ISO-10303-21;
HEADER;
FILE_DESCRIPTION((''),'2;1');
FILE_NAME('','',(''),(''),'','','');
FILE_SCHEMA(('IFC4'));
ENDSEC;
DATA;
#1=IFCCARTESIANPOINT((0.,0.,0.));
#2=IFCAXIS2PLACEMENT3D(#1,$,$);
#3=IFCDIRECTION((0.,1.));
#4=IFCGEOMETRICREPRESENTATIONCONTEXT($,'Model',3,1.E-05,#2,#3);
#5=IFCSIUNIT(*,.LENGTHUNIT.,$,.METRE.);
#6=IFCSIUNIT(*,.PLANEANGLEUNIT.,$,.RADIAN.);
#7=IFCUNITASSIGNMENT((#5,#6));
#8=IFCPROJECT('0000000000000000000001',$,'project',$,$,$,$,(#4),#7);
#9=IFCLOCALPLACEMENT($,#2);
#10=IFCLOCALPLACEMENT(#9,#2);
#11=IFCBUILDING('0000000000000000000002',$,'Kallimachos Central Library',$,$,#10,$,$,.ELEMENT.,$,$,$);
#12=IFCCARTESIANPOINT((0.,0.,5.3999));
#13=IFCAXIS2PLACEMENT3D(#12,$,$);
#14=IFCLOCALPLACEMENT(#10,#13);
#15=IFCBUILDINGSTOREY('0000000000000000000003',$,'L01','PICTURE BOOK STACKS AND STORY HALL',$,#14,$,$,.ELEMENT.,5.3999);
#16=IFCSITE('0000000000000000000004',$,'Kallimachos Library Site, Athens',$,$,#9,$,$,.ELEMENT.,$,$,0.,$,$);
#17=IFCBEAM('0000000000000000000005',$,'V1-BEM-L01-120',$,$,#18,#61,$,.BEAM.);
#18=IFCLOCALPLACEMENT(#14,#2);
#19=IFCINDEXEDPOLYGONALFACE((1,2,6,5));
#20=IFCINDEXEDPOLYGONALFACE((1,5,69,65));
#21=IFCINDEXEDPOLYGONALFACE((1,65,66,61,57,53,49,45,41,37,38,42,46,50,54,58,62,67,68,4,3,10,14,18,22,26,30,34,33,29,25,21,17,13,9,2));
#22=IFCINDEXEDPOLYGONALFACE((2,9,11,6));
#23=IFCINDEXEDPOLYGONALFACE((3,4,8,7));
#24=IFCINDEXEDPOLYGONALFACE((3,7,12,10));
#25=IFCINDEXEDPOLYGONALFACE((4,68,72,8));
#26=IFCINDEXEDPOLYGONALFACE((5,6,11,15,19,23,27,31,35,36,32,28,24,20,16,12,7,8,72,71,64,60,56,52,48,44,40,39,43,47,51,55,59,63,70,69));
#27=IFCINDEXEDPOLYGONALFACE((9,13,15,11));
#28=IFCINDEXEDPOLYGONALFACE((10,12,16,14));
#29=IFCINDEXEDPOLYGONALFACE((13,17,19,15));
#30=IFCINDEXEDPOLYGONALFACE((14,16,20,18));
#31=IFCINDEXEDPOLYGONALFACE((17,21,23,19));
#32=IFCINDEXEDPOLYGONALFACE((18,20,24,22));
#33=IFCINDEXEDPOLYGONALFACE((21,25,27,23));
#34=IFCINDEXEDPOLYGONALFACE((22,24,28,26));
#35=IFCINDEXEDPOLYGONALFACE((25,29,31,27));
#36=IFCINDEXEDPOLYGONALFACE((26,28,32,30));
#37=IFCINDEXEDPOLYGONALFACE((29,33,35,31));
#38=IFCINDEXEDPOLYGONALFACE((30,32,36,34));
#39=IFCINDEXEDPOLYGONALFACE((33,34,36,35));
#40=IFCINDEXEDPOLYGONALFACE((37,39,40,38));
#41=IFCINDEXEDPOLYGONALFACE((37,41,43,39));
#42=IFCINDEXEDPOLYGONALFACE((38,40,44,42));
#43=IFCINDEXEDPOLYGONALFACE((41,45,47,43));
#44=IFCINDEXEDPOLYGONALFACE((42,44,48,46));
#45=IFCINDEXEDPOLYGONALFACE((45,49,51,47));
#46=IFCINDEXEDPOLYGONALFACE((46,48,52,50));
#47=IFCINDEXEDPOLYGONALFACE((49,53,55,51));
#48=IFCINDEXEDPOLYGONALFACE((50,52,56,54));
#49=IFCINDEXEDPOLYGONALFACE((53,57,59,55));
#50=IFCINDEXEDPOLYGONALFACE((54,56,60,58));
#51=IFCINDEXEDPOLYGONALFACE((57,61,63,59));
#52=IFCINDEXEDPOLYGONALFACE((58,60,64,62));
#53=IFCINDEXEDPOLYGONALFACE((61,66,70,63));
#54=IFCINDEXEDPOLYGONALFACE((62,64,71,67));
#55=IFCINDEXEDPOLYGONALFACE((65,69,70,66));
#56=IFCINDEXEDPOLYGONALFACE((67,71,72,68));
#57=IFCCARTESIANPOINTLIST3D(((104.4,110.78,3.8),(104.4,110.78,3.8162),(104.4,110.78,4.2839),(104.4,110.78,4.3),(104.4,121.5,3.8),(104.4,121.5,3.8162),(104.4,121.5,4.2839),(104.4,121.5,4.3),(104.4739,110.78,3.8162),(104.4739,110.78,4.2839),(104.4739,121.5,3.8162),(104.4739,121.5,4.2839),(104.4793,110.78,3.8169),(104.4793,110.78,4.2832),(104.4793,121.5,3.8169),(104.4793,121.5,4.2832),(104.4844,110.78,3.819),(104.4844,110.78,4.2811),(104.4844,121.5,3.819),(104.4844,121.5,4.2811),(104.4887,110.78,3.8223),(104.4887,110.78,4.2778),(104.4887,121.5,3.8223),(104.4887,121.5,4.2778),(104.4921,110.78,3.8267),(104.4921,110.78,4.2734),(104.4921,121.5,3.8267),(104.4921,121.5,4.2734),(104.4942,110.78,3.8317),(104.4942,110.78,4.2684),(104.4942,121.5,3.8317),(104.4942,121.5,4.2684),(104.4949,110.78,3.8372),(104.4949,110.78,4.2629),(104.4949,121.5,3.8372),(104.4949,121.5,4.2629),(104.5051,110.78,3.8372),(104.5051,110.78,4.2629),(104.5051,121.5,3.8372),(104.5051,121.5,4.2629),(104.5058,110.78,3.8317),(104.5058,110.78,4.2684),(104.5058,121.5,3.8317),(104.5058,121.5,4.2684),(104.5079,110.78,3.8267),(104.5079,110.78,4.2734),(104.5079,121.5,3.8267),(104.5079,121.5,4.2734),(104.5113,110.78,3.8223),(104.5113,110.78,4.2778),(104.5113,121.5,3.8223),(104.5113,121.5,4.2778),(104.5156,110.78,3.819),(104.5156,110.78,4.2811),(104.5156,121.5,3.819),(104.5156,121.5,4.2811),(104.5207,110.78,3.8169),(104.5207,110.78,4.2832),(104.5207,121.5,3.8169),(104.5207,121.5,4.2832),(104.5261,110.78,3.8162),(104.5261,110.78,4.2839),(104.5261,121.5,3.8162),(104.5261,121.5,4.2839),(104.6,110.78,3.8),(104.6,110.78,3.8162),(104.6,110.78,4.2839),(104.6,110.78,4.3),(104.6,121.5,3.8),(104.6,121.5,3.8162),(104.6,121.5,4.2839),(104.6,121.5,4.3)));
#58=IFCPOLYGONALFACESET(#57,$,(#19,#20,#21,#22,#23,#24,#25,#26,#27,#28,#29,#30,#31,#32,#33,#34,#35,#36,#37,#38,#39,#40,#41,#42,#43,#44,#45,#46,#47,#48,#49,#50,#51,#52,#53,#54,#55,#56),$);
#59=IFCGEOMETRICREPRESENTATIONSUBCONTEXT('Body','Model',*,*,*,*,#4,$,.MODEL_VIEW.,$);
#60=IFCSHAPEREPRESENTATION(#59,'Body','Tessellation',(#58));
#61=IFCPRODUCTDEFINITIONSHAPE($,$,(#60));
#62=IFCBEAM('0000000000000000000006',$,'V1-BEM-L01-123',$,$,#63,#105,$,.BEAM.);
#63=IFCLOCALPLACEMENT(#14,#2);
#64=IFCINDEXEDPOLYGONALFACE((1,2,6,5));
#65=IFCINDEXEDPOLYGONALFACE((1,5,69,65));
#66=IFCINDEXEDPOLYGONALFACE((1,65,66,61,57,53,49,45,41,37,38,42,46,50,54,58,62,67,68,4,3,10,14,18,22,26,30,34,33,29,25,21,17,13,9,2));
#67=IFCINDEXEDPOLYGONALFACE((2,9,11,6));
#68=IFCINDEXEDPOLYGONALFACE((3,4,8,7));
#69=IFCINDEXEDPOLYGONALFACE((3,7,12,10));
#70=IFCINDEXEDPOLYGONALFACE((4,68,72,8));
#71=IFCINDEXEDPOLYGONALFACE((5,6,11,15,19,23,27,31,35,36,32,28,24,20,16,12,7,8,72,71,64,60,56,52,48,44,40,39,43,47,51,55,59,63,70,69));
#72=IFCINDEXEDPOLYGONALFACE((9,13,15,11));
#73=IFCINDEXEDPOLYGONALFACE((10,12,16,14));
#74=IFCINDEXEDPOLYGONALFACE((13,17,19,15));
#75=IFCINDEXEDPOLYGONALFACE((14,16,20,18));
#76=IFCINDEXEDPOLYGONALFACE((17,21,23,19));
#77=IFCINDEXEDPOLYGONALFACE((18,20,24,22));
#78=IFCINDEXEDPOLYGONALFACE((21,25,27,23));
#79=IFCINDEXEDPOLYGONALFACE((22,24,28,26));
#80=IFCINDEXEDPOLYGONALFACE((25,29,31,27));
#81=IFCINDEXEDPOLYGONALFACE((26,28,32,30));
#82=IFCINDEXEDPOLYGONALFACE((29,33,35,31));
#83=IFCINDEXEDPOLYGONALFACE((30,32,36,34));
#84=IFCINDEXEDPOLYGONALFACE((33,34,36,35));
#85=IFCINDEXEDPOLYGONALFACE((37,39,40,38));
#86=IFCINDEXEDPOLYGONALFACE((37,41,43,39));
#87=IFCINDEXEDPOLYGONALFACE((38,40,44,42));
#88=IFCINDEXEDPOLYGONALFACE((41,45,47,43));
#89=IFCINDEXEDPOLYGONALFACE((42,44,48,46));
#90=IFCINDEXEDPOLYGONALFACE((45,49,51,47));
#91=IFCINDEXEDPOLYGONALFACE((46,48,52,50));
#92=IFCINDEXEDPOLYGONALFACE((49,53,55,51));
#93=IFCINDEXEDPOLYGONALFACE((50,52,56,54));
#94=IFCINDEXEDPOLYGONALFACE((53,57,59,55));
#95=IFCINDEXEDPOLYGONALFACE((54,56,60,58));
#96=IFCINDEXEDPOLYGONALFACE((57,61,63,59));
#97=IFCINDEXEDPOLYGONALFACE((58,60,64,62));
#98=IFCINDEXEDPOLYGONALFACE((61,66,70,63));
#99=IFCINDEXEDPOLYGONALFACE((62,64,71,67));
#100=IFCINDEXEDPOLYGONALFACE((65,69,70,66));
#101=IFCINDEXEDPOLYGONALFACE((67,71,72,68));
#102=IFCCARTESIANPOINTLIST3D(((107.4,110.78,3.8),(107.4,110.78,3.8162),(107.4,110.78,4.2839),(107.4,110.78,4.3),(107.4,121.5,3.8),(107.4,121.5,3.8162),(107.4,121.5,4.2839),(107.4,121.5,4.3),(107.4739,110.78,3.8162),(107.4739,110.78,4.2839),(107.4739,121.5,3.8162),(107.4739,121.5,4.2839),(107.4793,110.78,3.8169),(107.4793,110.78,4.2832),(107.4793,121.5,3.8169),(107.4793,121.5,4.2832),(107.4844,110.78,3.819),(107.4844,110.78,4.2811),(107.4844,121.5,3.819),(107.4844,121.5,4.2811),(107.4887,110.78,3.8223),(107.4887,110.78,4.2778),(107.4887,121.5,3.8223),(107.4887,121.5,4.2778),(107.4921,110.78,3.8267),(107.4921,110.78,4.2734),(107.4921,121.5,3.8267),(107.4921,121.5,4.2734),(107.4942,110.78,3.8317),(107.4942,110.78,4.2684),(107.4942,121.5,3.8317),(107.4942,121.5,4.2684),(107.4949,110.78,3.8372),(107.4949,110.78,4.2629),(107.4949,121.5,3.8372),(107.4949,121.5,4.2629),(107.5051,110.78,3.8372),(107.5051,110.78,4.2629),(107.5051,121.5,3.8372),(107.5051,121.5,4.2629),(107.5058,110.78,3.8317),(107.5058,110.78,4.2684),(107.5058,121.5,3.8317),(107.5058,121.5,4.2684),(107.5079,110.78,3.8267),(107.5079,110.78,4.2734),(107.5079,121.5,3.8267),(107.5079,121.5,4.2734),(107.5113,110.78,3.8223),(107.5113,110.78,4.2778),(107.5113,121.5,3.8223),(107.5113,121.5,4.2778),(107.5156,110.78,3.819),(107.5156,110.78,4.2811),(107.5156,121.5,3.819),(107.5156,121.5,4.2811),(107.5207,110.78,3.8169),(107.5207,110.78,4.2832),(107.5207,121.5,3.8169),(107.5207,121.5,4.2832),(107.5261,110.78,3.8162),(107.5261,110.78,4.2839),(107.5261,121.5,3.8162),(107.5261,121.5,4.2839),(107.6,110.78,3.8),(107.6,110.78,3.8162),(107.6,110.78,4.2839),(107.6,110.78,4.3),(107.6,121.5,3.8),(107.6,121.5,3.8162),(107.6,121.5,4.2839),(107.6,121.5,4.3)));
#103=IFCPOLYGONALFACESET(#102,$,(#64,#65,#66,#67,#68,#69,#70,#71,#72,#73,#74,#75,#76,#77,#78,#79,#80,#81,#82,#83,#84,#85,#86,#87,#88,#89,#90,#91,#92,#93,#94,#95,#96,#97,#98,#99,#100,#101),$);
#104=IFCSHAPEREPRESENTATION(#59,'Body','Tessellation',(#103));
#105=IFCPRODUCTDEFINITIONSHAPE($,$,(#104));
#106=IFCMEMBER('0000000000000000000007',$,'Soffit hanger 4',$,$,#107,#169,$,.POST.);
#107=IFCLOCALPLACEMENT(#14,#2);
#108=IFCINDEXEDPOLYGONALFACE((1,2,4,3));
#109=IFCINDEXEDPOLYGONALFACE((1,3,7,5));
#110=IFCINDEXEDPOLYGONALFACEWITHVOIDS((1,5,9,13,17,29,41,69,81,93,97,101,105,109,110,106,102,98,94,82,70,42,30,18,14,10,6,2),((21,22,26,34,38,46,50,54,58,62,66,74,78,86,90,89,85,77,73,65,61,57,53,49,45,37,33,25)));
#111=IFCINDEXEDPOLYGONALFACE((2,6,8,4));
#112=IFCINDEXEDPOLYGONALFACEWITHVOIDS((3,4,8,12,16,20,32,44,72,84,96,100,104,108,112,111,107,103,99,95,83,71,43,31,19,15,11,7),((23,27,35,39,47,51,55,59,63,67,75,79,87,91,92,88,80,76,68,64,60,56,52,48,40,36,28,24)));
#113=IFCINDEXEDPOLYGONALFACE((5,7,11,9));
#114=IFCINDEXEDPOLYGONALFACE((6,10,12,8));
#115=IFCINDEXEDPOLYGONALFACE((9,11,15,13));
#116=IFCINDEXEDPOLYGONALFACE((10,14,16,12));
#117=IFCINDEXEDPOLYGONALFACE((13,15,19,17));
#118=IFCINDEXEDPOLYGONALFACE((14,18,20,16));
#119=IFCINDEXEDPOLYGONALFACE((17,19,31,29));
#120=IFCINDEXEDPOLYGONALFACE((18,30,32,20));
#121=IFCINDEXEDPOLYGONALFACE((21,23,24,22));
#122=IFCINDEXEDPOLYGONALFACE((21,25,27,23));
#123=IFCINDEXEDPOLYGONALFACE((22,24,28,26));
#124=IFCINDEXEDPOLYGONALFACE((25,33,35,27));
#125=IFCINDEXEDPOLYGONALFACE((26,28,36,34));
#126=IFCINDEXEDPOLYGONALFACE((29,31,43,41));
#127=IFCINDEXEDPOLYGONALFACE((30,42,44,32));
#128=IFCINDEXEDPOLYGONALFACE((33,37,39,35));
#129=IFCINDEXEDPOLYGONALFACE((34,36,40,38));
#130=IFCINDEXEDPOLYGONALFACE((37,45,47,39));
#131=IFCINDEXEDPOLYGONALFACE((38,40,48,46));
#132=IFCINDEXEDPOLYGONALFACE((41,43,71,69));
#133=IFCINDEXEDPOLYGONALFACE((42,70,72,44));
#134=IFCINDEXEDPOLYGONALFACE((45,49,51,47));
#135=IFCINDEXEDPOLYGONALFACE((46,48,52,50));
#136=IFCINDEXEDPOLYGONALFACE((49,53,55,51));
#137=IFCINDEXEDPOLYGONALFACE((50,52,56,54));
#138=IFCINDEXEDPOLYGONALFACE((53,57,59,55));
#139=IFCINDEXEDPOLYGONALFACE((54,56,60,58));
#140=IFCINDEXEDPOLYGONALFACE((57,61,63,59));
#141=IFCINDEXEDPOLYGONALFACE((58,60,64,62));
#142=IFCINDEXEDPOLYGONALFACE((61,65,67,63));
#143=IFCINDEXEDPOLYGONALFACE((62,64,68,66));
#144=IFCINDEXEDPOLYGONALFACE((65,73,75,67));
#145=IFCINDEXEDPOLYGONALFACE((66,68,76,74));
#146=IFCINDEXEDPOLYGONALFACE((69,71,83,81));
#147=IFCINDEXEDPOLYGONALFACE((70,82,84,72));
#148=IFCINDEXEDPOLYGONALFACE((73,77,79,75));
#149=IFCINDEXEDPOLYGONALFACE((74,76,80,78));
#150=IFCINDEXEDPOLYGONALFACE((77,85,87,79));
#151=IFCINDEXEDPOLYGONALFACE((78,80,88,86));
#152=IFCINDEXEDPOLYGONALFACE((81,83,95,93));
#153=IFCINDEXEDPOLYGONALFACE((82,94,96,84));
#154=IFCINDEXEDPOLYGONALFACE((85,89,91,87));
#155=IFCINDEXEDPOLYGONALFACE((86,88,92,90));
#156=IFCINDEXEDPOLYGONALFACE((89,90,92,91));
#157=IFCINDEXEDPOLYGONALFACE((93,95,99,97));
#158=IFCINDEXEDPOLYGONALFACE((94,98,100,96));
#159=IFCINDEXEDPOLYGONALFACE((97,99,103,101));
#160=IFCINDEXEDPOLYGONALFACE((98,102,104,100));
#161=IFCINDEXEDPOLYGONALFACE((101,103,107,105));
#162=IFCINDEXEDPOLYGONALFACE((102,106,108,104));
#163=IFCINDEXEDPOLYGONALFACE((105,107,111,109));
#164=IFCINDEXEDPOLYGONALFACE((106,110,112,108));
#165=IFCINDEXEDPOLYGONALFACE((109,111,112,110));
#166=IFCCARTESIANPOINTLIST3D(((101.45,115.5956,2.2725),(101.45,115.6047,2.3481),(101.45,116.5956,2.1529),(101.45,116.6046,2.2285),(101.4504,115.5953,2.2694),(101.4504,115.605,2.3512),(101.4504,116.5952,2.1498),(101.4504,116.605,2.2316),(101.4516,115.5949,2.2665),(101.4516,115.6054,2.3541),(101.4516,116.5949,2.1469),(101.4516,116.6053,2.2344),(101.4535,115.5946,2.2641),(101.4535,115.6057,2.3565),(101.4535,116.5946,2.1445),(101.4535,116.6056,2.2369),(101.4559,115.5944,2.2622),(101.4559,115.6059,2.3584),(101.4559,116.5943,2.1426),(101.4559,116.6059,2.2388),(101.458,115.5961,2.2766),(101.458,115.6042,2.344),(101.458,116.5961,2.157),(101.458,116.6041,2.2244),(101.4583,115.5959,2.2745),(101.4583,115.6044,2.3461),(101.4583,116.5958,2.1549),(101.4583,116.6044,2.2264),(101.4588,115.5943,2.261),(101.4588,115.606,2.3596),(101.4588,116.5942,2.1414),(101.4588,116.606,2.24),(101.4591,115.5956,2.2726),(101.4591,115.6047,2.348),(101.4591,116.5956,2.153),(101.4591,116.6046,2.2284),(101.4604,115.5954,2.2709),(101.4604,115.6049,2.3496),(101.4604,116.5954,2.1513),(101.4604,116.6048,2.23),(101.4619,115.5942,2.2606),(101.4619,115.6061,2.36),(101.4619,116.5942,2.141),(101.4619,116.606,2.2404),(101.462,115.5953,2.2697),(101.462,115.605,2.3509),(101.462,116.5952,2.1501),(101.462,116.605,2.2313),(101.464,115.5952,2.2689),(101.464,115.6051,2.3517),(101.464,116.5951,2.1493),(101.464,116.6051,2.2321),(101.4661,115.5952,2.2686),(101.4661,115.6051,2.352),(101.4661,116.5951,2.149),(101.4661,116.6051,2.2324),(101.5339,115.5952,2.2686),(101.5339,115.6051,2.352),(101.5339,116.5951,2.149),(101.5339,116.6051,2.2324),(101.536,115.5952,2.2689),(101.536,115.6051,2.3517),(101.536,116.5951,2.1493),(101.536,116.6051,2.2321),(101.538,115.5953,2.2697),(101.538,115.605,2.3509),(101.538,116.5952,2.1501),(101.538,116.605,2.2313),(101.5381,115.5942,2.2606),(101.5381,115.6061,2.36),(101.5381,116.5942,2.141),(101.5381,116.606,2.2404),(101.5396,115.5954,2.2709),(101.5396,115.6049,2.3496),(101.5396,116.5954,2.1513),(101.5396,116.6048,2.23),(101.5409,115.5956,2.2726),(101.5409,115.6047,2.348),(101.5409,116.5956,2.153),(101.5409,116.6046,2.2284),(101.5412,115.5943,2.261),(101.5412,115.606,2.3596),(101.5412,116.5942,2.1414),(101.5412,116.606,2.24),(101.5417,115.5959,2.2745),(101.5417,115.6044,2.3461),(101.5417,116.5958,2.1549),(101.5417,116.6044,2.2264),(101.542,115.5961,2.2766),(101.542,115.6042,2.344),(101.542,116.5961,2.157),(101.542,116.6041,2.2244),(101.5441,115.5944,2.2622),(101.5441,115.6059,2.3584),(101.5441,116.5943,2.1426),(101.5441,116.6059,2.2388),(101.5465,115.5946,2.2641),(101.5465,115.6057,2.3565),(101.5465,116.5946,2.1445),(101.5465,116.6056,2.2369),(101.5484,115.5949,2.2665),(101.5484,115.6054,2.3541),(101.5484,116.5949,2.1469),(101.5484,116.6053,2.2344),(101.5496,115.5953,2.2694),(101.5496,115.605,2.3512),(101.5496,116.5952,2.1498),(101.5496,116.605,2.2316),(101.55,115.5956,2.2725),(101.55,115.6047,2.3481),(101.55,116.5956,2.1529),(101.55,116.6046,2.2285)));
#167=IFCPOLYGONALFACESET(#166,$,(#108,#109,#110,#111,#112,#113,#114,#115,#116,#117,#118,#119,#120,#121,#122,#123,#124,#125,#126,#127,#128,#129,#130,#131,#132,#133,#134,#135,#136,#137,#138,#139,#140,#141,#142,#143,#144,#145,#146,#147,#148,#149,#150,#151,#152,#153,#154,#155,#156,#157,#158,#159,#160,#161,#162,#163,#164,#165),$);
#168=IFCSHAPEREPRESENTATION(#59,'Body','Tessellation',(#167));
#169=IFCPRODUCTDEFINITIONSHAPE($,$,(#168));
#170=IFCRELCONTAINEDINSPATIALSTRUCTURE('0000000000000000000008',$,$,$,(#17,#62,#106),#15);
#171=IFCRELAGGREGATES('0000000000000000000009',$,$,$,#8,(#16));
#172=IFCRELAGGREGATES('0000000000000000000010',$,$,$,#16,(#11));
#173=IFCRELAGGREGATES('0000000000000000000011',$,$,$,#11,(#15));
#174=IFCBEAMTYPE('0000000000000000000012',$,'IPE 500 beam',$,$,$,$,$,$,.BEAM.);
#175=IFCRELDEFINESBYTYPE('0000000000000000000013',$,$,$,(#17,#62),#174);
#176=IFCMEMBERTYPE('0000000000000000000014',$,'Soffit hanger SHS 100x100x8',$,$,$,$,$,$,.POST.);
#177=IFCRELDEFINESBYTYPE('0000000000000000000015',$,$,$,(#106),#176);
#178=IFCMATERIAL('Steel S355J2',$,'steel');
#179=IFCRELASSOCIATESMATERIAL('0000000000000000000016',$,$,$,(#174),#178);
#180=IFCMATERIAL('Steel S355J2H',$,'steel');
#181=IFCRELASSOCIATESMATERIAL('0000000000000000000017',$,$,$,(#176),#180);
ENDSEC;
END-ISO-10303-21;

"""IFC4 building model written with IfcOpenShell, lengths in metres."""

from ifc_helpers import new_model, si_unit, direction, frame, origin, origin_2d, place, context, subcontext, project, spatial, hollow_rectangle, i_section, extrude, material, material_profile, profile_set, type_object, element, save


model = new_model("IFC4")

# Units and contexts
model_context = context("Model", 3, precision=1e-05, world=origin(), true_north=direction((0.0, 1.0)))
body_context = subcontext(model_context, "Body", "Model", "MODEL_VIEW")
ifc_project = project(units=[si_unit("LENGTHUNIT", "METRE"), si_unit("PLANEANGLEUNIT", "RADIAN")], contexts=[model_context])

# Site, building, storey
site_placement = place(None, origin())
site = spatial("IfcSite", under=ifc_project, at=site_placement, Name="Kallimachos Library Site, Athens", CompositionType="ELEMENT", RefElevation=0.0)
building_placement = place(site_placement, origin())
building = spatial("IfcBuilding", under=site, at=building_placement, Name="Kallimachos Central Library", CompositionType="ELEMENT")
storey_placement = place(building_placement, frame((0.0, 0.0, 5.3999)))
storey = spatial("IfcBuildingStorey", under=building, at=storey_placement, Name="L01", Description="PICTURE BOOK STACKS AND STORY HALL", CompositionType="ELEMENT", Elevation=5.3999)

# Beams
ifc_material_1 = material(Name="Steel S355J2", Category="steel")
ifc_material_profile_1 = material_profile(ifc_material_1, i_section(OverallWidth=0.2, OverallDepth=0.5, WebThickness=0.0103, FlangeThickness=0.0161, FilletRadius=0.021, at=origin_2d()), Name="IPE 500")
ifc_profile_set_1 = profile_set([ifc_material_profile_1], Name="Steel S355J2")
beam_type_1 = type_object("IfcBeamType", Name="IPE 500 beam", PredefinedType="BEAM", material=ifc_profile_set_1)
for number, where, z_axis, x_axis, name in (
    (1, (104.5, 110.78, 4.05), (0.0, 1.0, 0.0), (-1.0, 0.0, 0.0), "V1-BEM-L01-120"),
    (2, (107.5, 110.78, 4.05), (0.0, 1.0, 0.0), (-1.0, 0.0, 0.0), "V1-BEM-L01-123"),
):
    element("IfcBeam", number, at=place(storey_placement, frame(where, z_axis=z_axis, x_axis=x_axis)), inside=storey, type_object=beam_type_1, Name=name, PredefinedType="BEAM", context=body_context, shape_type="SweptSolid", body=[
        extrude(i_section(OverallWidth=0.2, OverallDepth=0.5, WebThickness=0.0103, FlangeThickness=0.0161, FilletRadius=0.021, at=origin_2d()), origin(), (0.0, 0.0, 1.0), 10.72),
    ])

# Member
ifc_material_2 = material(Name="Steel S355J2H", Category="steel")
ifc_material_profile_2 = material_profile(ifc_material_2, hollow_rectangle(XDim=0.1001, YDim=0.1001, WallThickness=0.0081, InnerFilletRadius=0.0081, OuterFilletRadius=0.012, at=origin_2d()), Name="SHS 100x100x8")
ifc_profile_set_2 = profile_set([ifc_material_profile_2], Name="Steel S355J2H")
member_type_1 = type_object("IfcMemberType", Name="Soffit hanger SHS 100x100x8", PredefinedType="POST", material=ifc_profile_set_2)
member_1_placement = place(storey_placement, frame((101.5, 116.6001, 2.1907), z_axis=(0.0, -0.99292, 0.118782), x_axis=(1.0, 0.0, 0.0)))
element("IfcMember", 3, at=member_1_placement, inside=storey, type_object=member_type_1, Name="Soffit hanger 4", PredefinedType="POST", context=body_context, shape_type="SweptSolid", body=[
    extrude(hollow_rectangle(XDim=0.1001, YDim=0.1001, WallThickness=0.0081, InnerFilletRadius=0.0081, OuterFilletRadius=0.012, at=origin_2d()), origin(), (0.0, 0.0, 1.0), 1.0071),
])

save(model, "model.ifc")
